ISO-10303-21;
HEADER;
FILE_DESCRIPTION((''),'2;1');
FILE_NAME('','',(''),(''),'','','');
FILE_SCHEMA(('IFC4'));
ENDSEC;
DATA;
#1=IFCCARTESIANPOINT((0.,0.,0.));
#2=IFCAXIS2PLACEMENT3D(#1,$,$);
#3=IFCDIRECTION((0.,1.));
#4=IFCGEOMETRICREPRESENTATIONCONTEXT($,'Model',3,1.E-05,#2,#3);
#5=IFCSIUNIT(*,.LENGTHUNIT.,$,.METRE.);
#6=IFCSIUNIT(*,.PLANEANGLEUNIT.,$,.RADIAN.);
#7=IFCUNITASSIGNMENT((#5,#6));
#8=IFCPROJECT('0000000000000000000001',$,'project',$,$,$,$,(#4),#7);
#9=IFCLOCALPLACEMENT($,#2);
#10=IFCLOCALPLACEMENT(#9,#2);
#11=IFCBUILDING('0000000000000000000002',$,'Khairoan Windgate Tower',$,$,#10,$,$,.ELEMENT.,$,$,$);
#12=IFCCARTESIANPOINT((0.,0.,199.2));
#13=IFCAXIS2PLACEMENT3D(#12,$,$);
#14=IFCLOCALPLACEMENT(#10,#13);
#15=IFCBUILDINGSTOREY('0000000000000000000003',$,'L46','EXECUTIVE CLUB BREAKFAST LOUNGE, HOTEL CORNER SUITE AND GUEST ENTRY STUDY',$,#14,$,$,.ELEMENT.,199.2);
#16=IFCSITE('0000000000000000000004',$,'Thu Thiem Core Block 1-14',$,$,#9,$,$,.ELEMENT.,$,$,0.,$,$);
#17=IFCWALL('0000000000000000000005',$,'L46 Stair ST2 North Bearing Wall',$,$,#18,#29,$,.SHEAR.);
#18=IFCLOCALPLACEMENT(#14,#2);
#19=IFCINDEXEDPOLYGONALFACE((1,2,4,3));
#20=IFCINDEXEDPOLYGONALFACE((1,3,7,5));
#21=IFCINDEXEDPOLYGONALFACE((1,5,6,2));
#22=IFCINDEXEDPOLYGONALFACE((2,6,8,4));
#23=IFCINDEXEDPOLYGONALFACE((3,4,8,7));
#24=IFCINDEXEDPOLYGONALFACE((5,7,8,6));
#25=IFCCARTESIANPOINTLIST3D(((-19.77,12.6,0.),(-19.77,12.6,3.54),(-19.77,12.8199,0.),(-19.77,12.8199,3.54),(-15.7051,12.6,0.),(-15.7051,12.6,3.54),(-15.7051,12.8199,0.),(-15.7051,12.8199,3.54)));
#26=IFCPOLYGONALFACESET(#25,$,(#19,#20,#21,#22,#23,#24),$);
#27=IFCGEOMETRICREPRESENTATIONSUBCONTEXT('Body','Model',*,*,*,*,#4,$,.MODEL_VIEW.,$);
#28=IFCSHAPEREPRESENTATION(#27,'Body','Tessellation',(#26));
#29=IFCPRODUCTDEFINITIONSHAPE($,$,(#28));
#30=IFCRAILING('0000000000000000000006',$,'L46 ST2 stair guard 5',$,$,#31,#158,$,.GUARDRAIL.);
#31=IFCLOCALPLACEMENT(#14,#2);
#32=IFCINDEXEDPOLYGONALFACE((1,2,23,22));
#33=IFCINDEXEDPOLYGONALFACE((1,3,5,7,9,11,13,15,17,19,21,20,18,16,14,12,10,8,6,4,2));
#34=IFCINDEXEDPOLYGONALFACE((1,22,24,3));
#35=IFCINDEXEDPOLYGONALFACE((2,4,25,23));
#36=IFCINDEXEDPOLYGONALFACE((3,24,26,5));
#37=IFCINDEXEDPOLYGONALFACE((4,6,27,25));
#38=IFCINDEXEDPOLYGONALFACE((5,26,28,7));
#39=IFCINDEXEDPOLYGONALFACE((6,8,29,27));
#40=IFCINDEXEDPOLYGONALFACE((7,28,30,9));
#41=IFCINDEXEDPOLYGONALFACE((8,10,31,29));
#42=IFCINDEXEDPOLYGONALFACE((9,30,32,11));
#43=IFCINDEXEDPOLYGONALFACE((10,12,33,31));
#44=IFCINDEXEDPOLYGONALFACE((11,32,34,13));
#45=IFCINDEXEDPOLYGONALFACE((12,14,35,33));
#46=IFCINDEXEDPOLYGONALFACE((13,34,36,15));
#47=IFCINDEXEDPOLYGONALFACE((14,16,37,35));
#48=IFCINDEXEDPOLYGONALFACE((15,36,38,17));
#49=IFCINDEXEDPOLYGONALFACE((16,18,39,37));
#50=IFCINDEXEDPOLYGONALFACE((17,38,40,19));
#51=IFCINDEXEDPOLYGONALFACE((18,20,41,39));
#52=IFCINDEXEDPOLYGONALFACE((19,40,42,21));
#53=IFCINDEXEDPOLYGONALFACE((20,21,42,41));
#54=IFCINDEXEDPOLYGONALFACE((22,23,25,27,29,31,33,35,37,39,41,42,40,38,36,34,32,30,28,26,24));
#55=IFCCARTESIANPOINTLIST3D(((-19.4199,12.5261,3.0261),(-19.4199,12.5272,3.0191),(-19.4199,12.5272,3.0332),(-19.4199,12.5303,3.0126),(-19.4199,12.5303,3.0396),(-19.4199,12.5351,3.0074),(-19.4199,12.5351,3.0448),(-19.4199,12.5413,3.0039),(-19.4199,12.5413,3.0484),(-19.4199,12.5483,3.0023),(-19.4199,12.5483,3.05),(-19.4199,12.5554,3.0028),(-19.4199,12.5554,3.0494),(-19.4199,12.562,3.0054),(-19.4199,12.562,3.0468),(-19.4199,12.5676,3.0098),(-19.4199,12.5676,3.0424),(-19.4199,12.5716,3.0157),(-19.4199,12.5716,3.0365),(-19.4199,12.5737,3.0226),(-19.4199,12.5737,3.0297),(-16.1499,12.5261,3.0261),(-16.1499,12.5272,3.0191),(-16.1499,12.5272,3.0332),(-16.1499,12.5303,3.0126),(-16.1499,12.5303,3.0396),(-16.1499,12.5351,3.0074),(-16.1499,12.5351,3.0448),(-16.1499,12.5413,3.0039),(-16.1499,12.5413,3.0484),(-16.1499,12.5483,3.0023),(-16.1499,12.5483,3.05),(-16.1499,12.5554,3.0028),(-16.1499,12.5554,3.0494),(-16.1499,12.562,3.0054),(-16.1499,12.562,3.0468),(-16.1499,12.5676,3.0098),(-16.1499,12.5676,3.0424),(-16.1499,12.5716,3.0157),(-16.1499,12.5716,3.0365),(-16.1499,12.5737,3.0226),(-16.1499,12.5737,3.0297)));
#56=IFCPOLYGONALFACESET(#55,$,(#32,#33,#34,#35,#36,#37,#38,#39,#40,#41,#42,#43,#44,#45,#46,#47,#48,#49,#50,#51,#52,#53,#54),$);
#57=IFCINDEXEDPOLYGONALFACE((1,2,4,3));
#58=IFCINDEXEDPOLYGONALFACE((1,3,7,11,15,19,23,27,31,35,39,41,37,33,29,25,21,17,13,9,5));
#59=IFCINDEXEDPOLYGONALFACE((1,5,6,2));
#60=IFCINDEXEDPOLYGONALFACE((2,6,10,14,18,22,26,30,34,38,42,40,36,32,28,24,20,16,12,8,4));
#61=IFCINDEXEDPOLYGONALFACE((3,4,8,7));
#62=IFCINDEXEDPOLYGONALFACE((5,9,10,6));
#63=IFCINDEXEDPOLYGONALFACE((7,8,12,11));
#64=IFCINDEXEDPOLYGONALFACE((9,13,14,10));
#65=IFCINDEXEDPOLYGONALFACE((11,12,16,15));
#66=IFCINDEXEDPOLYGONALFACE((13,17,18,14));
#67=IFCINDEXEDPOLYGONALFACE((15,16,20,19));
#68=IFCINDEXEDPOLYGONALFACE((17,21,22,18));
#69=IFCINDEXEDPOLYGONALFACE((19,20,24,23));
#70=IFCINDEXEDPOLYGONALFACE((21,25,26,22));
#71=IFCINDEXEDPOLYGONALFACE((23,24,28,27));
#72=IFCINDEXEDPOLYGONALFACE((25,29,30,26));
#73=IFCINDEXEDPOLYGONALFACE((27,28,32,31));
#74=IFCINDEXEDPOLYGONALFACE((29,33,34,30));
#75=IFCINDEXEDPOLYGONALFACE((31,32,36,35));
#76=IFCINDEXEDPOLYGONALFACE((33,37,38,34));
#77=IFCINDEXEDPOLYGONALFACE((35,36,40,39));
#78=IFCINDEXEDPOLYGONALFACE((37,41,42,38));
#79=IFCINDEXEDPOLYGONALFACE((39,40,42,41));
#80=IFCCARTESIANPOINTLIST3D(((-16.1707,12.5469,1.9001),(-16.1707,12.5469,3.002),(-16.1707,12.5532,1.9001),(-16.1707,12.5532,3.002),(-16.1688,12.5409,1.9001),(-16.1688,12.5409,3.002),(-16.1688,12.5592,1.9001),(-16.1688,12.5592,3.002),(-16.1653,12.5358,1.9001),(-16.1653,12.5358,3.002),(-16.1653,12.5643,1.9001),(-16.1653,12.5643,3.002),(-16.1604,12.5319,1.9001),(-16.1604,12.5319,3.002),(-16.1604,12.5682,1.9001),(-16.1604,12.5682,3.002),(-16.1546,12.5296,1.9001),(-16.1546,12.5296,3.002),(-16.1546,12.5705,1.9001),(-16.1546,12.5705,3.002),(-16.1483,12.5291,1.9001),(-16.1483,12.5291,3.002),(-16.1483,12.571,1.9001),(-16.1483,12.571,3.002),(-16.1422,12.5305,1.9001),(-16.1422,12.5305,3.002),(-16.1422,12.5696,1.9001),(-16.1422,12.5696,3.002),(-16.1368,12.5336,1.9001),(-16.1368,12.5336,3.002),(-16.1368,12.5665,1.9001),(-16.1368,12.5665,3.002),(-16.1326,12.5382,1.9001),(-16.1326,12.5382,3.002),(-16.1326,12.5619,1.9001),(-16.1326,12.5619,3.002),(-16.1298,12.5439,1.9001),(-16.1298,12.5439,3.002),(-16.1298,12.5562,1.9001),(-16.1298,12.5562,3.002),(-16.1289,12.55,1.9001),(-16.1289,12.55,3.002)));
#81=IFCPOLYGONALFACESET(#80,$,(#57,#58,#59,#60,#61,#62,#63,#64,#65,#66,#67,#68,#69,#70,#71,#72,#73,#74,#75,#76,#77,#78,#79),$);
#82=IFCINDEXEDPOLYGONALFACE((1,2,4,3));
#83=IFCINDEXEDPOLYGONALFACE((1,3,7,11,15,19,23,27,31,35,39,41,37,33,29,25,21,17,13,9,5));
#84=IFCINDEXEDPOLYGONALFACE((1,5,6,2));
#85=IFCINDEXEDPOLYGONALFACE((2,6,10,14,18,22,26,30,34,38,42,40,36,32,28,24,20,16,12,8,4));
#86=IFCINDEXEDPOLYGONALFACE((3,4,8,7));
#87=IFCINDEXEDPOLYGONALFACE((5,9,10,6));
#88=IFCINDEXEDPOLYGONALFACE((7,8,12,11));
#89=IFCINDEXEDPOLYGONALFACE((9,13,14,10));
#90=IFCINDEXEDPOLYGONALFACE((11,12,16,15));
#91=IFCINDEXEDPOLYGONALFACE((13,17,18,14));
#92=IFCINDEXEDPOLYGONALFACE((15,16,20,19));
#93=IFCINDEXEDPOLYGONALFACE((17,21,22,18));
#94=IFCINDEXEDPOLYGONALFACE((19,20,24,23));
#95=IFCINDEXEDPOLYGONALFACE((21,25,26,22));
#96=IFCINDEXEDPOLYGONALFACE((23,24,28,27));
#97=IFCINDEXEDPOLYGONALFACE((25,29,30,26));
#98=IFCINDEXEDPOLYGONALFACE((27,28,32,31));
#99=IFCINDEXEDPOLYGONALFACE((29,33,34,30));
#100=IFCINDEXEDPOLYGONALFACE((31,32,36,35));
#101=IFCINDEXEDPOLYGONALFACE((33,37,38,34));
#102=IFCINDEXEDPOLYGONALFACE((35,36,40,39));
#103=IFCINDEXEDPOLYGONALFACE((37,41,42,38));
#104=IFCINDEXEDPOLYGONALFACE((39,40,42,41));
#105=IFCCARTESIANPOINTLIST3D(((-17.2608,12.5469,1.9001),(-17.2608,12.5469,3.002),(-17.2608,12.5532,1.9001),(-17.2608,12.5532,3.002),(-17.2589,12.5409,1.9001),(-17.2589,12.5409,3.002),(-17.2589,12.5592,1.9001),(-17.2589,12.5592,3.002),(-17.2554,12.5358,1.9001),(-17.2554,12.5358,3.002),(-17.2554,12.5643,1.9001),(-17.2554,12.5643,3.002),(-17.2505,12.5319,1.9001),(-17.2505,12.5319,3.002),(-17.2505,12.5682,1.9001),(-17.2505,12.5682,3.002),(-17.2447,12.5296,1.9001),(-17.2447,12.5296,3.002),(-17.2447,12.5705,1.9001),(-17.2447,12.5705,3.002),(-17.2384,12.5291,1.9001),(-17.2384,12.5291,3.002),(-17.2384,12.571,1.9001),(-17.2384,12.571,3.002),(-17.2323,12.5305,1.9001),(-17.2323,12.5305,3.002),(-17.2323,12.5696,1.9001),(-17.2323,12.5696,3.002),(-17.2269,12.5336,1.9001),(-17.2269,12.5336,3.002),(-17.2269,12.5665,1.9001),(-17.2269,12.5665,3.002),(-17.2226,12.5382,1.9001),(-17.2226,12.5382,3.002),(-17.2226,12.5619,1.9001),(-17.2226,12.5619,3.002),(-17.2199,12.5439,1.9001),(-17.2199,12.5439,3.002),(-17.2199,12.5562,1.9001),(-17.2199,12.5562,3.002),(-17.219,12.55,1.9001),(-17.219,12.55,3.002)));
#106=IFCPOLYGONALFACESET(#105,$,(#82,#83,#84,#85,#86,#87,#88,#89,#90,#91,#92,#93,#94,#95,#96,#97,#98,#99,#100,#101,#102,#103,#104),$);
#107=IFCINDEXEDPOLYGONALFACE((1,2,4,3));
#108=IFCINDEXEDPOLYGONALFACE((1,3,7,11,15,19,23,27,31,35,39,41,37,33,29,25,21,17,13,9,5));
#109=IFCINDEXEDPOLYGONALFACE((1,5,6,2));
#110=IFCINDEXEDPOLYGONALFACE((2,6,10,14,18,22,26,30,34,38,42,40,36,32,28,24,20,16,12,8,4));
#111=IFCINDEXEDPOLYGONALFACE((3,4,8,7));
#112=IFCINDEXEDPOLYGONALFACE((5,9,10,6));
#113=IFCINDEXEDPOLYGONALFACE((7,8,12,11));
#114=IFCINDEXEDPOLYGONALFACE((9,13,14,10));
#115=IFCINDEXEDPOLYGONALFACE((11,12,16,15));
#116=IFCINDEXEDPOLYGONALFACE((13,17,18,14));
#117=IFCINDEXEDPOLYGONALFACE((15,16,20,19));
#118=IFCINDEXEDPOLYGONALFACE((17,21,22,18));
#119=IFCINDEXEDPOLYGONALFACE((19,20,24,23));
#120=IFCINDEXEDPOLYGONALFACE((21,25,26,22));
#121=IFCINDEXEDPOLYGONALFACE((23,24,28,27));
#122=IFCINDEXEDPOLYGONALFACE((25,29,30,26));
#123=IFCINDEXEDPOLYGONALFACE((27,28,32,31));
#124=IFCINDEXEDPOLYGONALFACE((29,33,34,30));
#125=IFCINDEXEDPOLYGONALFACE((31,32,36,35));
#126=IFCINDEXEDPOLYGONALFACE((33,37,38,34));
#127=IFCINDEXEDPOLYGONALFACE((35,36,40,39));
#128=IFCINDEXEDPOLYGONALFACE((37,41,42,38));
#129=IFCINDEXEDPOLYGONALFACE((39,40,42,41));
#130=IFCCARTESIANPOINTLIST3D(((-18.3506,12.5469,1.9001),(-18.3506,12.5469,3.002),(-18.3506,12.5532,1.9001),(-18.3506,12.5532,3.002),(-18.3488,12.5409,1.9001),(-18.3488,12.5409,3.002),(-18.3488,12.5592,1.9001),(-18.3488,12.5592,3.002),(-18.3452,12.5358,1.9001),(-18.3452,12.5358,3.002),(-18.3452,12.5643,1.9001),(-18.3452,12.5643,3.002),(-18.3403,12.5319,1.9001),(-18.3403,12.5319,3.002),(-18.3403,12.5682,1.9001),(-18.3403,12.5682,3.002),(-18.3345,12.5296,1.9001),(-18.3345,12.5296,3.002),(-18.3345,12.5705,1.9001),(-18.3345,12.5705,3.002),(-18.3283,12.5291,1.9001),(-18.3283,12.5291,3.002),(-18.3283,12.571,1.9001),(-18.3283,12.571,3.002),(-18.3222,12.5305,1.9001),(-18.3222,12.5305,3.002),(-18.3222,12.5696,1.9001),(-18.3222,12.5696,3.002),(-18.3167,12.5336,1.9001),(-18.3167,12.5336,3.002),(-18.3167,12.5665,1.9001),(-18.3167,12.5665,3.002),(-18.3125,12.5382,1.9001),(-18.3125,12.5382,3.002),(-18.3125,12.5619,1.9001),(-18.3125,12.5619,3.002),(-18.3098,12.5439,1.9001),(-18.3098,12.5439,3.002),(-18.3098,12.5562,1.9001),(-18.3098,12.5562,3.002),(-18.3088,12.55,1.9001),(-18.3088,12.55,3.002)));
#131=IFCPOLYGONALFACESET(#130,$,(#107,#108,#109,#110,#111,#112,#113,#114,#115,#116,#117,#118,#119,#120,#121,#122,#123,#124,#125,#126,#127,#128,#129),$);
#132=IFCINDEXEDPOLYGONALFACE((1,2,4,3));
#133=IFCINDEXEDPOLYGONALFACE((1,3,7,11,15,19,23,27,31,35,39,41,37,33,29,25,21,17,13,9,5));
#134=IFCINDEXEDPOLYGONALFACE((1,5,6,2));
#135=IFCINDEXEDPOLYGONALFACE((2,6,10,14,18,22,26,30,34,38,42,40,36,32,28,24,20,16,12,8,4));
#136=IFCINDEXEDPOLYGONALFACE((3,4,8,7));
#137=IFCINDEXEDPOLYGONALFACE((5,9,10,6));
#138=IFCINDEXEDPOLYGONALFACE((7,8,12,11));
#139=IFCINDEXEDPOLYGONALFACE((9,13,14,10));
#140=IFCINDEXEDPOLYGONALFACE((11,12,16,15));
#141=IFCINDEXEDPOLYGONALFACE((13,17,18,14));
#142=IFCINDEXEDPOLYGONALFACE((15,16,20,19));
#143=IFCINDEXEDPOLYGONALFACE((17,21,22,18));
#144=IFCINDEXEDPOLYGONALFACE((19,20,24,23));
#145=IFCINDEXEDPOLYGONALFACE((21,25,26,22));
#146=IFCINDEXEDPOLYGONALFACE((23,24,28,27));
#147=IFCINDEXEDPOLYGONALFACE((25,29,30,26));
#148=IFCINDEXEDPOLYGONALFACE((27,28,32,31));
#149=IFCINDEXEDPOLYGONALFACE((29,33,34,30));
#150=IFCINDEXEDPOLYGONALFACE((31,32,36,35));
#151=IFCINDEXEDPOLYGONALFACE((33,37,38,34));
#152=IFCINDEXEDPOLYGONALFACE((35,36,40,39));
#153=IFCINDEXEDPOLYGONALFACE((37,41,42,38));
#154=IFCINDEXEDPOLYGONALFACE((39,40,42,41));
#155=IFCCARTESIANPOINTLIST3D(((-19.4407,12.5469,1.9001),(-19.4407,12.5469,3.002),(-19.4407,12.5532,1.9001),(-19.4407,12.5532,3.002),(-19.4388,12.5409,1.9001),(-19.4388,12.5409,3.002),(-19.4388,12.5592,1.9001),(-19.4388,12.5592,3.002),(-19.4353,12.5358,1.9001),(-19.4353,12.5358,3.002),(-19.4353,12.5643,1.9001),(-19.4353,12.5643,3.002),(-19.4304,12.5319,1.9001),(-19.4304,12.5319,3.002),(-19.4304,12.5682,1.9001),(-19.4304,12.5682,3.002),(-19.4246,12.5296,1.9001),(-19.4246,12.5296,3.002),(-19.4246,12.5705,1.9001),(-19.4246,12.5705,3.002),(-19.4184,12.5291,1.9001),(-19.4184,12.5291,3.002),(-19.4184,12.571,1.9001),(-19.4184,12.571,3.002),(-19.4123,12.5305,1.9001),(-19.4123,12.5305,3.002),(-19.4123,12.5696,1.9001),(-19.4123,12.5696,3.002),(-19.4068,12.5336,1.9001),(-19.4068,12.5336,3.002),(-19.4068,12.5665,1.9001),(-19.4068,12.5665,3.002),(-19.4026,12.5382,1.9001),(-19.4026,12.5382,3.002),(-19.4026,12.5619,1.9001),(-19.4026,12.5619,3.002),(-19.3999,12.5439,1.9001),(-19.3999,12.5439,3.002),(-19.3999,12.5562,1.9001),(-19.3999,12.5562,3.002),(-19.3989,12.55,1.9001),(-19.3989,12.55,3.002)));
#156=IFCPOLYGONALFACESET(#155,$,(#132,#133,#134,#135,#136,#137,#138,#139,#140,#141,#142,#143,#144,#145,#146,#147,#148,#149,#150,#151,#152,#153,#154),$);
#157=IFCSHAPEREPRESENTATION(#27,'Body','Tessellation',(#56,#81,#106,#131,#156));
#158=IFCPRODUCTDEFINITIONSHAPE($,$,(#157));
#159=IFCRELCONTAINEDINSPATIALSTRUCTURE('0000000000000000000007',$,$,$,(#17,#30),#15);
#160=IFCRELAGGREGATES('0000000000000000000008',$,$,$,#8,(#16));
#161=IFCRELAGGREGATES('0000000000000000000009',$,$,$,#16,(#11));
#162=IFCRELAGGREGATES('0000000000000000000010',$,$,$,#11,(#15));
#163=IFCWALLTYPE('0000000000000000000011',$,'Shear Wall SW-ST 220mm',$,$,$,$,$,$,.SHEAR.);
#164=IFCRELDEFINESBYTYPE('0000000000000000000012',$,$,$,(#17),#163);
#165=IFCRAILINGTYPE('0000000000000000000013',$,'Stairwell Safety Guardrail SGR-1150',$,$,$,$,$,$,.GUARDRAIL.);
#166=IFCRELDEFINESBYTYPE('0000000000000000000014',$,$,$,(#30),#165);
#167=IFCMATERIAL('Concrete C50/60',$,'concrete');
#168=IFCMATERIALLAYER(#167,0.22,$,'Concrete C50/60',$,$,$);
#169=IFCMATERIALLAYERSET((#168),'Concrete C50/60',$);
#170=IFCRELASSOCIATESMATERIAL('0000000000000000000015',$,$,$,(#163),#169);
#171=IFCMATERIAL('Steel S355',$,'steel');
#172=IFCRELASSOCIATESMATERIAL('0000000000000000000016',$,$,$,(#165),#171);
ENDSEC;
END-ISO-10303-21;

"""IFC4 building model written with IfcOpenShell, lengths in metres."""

from ifc_helpers import new_model, si_unit, direction, frame, frame_2d, origin, origin_2d, place, context, subcontext, project, spatial, rectangle, circle, extrude, material, layer, layer_set, type_object, element, save


model = new_model("IFC4")

# Units and contexts
model_context = context("Model", 3, precision=1e-05, world=origin(), true_north=direction((0.0, 1.0)))
body_context = subcontext(model_context, "Body", "Model", "MODEL_VIEW")
ifc_project = project(units=[si_unit("LENGTHUNIT", "METRE"), si_unit("PLANEANGLEUNIT", "RADIAN")], contexts=[model_context])

# Site, building, storey
site_placement = place(None, origin())
site = spatial("IfcSite", under=ifc_project, at=site_placement, Name="Thu Thiem Core Block 1-14", CompositionType="ELEMENT", RefElevation=0.0)
building_placement = place(site_placement, origin())
building = spatial("IfcBuilding", under=site, at=building_placement, Name="Khairoan Windgate Tower", CompositionType="ELEMENT")
storey_placement = place(building_placement, frame((0.0, 0.0, 199.2)))
storey = spatial("IfcBuildingStorey", under=building, at=storey_placement, Name="L46", Description="EXECUTIVE CLUB BREAKFAST LOUNGE, HOTEL CORNER SUITE AND GUEST ENTRY STUDY", CompositionType="ELEMENT", Elevation=199.2)

# Wall
ifc_material_1 = material(Name="Concrete C50/60", Category="concrete")
ifc_layer_1 = layer(ifc_material_1, 0.22, Name="Concrete C50/60")
ifc_layer_set_1 = layer_set([ifc_layer_1], Name="Concrete C50/60")
wall_type_1 = type_object("IfcWallType", Name="Shear Wall SW-ST 220mm", PredefinedType="SHEAR", material=ifc_layer_set_1)
wall_1_placement = place(storey_placement, frame((-19.77, 12.71, 0.0), z_axis=(0.0, 0.0, 1.0), x_axis=(1.0, 0.0, 0.0)))
element("IfcWall", 1, at=wall_1_placement, inside=storey, type_object=wall_type_1, Name="L46 Stair ST2 North Bearing Wall", PredefinedType="SHEAR", context=body_context, shape_type="SweptSolid", body=[
    extrude(rectangle(XDim=4.0649, YDim=0.22, at=frame_2d((2.0325, 0.0))), origin(), (0.0, 0.0, 1.0), 3.54),
])

# Railing
ifc_material_2 = material(Name="Steel S355", Category="steel")
railing_type = type_object("IfcRailingType", Name="Stairwell Safety Guardrail SGR-1150", PredefinedType="GUARDRAIL", material=ifc_material_2)
railing_1_placement = place(storey_placement, frame((-16.1499, 12.55, 1.9001)))
element("IfcRailing", 2, at=railing_1_placement, inside=storey, type_object=railing_type, Name="L46 ST2 stair guard 5", PredefinedType="GUARDRAIL", context=body_context, shape_type="SweptSolid", body=[
    extrude(circle(Radius=0.0239, at=origin_2d()), frame((0.0, 0.0, 1.126), z_axis=(-1.0, 0.0, 0.0), x_axis=(0.0, -1.0, 0.0)), (0.0, 0.0, 1.0), 3.27),
    extrude(circle(Radius=0.021, at=origin_2d()), origin(), (0.0, 0.0, 1.0), 1.1018),
    extrude(circle(Radius=0.021, at=origin_2d()), frame((-1.0901, 0.0, 0.0)), (0.0, 0.0, 1.0), 1.1018),
    extrude(circle(Radius=0.021, at=origin_2d()), frame((-2.1799, 0.0, 0.0)), (0.0, 0.0, 1.0), 1.1018),
    extrude(circle(Radius=0.021, at=origin_2d()), frame((-3.27, 0.0, 0.0)), (0.0, 0.0, 1.0), 1.1018),
])

save(model, "model.ifc")
